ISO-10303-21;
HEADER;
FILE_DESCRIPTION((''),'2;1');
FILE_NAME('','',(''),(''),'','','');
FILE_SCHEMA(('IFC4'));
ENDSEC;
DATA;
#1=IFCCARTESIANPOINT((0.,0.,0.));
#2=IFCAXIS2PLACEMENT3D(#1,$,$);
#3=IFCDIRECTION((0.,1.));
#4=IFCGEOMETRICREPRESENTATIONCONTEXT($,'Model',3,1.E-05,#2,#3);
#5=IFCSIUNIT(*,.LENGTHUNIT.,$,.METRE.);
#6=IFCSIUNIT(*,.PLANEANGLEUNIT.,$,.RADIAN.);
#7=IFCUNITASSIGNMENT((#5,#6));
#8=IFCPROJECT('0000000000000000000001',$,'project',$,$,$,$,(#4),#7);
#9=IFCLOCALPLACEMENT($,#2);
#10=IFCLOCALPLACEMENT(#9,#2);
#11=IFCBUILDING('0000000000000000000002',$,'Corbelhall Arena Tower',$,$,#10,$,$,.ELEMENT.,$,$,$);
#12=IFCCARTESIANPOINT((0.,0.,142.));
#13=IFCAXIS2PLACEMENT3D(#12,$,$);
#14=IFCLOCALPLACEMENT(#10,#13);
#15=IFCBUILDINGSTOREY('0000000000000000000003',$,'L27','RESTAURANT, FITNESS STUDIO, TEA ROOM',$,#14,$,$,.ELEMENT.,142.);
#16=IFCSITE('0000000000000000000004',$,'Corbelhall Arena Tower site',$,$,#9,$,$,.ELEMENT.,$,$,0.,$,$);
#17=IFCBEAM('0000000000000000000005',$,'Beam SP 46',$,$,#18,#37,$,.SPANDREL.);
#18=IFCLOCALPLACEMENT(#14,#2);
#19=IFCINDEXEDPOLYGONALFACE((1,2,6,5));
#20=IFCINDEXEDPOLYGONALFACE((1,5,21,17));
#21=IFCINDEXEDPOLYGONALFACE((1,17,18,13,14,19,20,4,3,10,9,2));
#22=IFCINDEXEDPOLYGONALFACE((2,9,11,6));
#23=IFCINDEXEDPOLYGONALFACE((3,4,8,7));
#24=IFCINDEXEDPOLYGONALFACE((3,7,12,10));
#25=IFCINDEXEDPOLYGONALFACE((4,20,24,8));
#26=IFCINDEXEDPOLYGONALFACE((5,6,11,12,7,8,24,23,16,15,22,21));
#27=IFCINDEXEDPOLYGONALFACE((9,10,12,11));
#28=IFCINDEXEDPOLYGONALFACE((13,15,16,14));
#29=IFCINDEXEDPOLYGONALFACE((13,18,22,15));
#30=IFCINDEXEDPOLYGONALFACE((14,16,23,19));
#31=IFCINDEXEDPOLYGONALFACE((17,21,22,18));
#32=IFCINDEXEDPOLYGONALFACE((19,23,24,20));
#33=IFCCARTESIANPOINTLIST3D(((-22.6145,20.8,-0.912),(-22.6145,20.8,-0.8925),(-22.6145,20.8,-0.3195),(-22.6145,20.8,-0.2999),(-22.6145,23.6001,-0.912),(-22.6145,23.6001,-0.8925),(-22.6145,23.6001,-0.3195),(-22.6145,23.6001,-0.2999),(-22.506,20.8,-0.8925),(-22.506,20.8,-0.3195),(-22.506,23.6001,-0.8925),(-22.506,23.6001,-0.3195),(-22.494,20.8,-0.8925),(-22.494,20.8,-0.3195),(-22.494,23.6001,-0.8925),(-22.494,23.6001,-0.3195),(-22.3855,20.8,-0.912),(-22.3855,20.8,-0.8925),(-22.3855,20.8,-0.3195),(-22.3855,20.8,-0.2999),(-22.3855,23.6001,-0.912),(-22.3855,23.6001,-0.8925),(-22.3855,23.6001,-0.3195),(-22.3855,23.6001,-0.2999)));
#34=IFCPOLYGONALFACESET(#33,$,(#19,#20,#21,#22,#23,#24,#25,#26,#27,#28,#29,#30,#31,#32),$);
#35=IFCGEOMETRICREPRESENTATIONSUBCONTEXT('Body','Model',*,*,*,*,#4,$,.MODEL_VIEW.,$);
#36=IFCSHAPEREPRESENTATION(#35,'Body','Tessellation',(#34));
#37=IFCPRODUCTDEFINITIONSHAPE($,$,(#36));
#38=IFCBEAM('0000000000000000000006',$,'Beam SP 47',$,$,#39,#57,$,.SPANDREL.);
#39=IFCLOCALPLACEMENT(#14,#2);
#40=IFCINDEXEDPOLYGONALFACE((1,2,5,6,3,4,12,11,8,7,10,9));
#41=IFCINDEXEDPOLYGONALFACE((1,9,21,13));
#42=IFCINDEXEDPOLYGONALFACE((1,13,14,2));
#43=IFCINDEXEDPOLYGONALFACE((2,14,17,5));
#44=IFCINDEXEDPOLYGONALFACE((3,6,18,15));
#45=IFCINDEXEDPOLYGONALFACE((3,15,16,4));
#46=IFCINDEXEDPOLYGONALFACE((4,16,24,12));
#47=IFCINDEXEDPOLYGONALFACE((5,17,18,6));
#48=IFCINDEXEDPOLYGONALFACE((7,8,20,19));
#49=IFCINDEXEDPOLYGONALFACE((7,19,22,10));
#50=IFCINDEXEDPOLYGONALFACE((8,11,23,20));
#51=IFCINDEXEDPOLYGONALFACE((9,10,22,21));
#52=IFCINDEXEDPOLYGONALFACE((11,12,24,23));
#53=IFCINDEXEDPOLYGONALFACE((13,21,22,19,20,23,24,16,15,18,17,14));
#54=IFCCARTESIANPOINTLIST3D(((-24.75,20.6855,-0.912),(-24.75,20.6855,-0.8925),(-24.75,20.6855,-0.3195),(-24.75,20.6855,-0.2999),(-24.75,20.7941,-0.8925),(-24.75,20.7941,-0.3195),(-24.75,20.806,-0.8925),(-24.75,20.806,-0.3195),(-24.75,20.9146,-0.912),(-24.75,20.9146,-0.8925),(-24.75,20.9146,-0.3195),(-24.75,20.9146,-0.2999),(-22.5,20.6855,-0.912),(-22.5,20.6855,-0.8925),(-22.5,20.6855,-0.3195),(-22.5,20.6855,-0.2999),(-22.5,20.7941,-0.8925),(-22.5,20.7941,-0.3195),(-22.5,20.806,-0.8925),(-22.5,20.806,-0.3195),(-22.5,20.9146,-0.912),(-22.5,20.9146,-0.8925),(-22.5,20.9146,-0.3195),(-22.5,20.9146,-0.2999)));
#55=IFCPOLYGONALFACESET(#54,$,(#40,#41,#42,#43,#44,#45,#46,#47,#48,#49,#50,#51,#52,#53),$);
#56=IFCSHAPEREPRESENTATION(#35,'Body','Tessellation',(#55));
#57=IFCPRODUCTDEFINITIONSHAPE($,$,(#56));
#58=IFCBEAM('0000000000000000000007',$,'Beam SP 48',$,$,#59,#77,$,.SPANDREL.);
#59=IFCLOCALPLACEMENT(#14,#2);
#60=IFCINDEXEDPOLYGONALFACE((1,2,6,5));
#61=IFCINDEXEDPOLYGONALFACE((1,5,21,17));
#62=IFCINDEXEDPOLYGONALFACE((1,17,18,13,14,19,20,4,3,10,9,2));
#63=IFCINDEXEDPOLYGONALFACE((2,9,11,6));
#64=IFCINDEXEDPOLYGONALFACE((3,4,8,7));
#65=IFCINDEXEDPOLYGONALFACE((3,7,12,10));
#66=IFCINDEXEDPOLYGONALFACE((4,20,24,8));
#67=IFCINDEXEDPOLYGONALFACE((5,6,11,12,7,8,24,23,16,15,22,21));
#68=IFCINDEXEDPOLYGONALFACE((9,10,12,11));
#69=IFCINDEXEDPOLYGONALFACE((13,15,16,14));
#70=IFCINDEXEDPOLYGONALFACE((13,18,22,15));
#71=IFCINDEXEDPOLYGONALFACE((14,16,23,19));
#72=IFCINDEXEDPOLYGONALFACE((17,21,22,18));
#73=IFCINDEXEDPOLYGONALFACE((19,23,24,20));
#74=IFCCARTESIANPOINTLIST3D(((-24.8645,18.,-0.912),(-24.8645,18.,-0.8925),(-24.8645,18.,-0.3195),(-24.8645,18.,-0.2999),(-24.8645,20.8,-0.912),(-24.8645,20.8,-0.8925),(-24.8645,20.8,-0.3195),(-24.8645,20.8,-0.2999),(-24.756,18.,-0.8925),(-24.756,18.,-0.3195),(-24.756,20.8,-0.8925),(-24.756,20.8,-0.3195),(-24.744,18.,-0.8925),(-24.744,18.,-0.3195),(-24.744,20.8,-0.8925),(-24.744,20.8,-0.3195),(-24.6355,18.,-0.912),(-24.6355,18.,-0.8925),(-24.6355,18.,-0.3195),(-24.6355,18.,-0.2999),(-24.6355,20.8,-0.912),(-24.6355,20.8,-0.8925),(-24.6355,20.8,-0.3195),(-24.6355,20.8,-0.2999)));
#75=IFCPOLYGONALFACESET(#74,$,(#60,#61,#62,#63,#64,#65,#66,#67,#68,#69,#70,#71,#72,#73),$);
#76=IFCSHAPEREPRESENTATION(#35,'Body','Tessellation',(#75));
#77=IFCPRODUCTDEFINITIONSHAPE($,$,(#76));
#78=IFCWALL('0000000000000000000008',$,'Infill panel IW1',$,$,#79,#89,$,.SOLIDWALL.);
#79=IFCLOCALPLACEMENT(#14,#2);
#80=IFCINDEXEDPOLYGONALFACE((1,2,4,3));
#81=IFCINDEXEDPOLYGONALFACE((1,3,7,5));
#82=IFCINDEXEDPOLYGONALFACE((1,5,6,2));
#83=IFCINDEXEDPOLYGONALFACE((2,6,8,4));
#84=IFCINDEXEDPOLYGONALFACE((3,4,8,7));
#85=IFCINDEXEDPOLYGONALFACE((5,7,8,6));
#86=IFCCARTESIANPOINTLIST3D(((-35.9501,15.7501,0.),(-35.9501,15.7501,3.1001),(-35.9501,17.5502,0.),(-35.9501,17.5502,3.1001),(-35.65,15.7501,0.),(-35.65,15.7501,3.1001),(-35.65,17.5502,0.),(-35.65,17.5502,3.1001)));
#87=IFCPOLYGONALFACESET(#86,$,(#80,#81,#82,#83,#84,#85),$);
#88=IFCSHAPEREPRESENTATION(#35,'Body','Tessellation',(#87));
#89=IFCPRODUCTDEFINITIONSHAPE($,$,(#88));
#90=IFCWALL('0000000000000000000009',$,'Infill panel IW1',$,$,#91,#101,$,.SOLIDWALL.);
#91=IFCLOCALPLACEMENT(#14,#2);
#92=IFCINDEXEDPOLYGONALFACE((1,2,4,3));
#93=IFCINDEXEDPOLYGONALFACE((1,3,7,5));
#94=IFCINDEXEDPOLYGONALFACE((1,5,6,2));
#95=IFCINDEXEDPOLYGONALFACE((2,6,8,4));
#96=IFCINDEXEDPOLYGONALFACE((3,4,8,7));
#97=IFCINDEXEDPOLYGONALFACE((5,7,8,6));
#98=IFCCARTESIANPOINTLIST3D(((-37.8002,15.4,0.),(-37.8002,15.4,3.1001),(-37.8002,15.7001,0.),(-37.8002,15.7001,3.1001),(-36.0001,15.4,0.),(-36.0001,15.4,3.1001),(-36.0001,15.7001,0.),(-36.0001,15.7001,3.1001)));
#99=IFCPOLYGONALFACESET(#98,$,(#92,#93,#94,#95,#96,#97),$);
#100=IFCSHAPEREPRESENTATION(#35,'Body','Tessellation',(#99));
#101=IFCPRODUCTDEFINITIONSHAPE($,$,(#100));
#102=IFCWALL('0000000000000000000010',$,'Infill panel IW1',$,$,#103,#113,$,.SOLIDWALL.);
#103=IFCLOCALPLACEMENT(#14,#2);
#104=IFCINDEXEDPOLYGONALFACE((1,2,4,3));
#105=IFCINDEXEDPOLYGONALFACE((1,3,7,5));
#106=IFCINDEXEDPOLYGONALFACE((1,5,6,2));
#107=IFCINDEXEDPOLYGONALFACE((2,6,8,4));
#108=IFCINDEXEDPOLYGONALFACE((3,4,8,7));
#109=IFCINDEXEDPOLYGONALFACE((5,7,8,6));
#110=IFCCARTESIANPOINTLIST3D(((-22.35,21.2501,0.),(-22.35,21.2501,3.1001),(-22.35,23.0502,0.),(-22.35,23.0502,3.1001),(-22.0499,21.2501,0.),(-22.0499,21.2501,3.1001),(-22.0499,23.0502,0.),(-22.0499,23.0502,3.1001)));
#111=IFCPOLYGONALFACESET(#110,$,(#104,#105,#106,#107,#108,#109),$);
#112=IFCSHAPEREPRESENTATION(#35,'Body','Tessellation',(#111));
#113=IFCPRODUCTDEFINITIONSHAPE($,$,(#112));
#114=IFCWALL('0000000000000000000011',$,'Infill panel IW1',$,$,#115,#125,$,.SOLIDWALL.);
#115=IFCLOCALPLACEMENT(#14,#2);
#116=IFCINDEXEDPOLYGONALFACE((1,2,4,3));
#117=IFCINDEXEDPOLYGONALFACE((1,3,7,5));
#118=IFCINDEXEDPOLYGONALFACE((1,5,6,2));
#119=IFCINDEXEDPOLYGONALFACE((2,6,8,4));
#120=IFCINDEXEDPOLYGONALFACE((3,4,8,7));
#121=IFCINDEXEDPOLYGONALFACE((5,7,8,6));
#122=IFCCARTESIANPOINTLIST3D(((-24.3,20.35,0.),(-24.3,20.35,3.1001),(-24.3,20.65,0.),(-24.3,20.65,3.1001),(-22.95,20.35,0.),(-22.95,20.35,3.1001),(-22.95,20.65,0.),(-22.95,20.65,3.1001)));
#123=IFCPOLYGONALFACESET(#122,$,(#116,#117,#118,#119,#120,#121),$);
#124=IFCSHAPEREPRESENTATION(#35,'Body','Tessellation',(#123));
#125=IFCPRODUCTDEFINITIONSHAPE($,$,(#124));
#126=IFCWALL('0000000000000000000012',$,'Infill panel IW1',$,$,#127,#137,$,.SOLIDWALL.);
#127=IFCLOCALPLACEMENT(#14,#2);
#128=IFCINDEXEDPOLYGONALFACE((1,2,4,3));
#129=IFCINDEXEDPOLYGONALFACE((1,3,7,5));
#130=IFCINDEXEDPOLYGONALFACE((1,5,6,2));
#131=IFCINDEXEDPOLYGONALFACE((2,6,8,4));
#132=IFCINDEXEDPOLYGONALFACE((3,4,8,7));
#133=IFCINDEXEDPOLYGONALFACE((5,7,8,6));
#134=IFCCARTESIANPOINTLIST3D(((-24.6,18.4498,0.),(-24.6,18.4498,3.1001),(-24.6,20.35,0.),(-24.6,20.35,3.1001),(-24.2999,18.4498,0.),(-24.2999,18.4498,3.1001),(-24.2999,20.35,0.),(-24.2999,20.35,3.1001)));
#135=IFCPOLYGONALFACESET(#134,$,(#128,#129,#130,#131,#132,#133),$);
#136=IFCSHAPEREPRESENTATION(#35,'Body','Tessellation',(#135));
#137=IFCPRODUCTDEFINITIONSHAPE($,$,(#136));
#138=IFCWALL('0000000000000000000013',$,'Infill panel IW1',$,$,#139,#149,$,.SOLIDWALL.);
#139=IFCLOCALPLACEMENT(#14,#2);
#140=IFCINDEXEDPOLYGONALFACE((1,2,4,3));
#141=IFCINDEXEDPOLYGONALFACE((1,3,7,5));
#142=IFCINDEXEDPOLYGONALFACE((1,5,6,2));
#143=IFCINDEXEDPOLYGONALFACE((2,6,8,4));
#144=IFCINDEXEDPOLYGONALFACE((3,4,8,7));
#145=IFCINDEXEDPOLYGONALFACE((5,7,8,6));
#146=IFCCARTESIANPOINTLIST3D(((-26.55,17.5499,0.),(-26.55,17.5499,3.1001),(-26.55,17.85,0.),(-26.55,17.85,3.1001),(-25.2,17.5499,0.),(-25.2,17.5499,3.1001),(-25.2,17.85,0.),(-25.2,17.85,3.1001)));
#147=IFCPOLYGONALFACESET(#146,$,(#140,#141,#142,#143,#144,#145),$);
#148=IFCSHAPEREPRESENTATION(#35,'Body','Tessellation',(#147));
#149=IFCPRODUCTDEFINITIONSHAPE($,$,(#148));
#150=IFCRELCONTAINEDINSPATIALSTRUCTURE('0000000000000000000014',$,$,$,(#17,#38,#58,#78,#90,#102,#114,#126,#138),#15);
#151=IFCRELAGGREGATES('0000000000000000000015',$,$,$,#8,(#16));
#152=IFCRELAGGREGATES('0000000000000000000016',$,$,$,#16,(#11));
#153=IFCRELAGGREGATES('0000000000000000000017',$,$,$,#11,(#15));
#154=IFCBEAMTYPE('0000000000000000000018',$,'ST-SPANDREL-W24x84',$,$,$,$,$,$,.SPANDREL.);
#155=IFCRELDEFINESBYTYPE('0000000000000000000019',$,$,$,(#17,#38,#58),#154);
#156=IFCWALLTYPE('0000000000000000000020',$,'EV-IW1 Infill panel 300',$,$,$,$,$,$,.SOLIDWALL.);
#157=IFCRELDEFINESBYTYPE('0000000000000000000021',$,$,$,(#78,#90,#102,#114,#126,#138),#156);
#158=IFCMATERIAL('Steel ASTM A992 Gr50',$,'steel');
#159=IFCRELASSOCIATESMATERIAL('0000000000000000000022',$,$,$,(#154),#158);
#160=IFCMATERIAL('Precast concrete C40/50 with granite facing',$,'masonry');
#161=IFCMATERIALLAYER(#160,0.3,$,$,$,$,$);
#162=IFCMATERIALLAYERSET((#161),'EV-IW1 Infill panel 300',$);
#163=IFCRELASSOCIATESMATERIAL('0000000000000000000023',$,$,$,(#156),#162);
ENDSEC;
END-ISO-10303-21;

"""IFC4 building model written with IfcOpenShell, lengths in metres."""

from ifc_helpers import new_model, si_unit, direction, frame, frame_2d, origin, origin_2d, place, context, subcontext, project, spatial, rectangle, i_section, extrude, material, layer, layer_set, material_profile, profile_set, type_object, element, save


model = new_model("IFC4")

# Units and contexts
model_context = context("Model", 3, precision=1e-05, world=origin(), true_north=direction((0.0, 1.0)))
body_context = subcontext(model_context, "Body", "Model", "MODEL_VIEW")
ifc_project = project(units=[si_unit("LENGTHUNIT", "METRE"), si_unit("PLANEANGLEUNIT", "RADIAN")], contexts=[model_context])

# Site, building, storey
site_placement = place(None, origin())
site = spatial("IfcSite", under=ifc_project, at=site_placement, Name="Corbelhall Arena Tower site", CompositionType="ELEMENT", RefElevation=0.0)
building_placement = place(site_placement, origin())
building = spatial("IfcBuilding", under=site, at=building_placement, Name="Corbelhall Arena Tower", CompositionType="ELEMENT")
storey_placement = place(building_placement, frame((0.0, 0.0, 142.0)))
storey = spatial("IfcBuildingStorey", under=building, at=storey_placement, Name="L27", Description="RESTAURANT, FITNESS STUDIO, TEA ROOM", CompositionType="ELEMENT", Elevation=142.0)

# Beams
ifc_material_1 = material(Name="Steel ASTM A992 Gr50", Category="steel")
ifc_material_profile_1 = material_profile(ifc_material_1, i_section(OverallWidth=0.229, OverallDepth=0.6121, WebThickness=0.012, FlangeThickness=0.0195, at=origin_2d()))
ifc_profile_set_1 = profile_set([ifc_material_profile_1], Name="Steel ASTM A992 Gr50")
beam_type = type_object("IfcBeamType", Name="ST-SPANDREL-W24x84", PredefinedType="SPANDREL", material=ifc_profile_set_1)
beam_1_placement = place(storey_placement, frame((-22.5, 20.8, -0.606), z_axis=(0.0, 1.0, 0.0), x_axis=(-1.0, 0.0, 0.0)))
element("IfcBeam", 1, at=beam_1_placement, inside=storey, type_object=beam_type, Name="Beam SP 46", PredefinedType="SPANDREL", context=body_context, shape_type="SweptSolid", body=[
    extrude(i_section(OverallWidth=0.229, OverallDepth=0.6121, WebThickness=0.012, FlangeThickness=0.0195, at=origin_2d()), origin(), (0.0, 0.0, 1.0), 2.8),
])
beam_2_placement = place(storey_placement, frame((-24.75, 20.8, -0.606), z_axis=(1.0, 0.0, 0.0), x_axis=(0.0, 1.0, 0.0)))
element("IfcBeam", 2, at=beam_2_placement, inside=storey, type_object=beam_type, Name="Beam SP 47", PredefinedType="SPANDREL", context=body_context, shape_type="SweptSolid", body=[
    extrude(i_section(OverallWidth=0.229, OverallDepth=0.6121, WebThickness=0.012, FlangeThickness=0.0195, at=origin_2d()), origin(), (0.0, 0.0, 1.0), 2.25),
])
beam_3_placement = place(storey_placement, frame((-24.75, 18.0, -0.606), z_axis=(0.0, 1.0, 0.0), x_axis=(-1.0, 0.0, 0.0)))
element("IfcBeam", 3, at=beam_3_placement, inside=storey, type_object=beam_type, Name="Beam SP 48", PredefinedType="SPANDREL", context=body_context, shape_type="SweptSolid", body=[
    extrude(i_section(OverallWidth=0.229, OverallDepth=0.6121, WebThickness=0.012, FlangeThickness=0.0195, at=origin_2d()), origin(), (0.0, 0.0, 1.0), 2.8),
])

# Walls
ifc_material_2 = material(Name="Precast concrete C40/50 with granite facing", Category="masonry")
ifc_layer_1 = layer(ifc_material_2, 0.3)
ifc_layer_set_1 = layer_set([ifc_layer_1], Name="EV-IW1 Infill panel 300")
wall_type_1 = type_object("IfcWallType", Name="EV-IW1 Infill panel 300", PredefinedType="SOLIDWALL", material=ifc_layer_set_1)
for number, where, z_axis, x_axis, name in (
    (4, (-35.8, 17.55, 0.0), (0.0, 0.0, 1.0), (0.0, -1.0, 0.0), "Infill panel IW1"),
    (5, (-37.8, 15.55, 0.0), (0.0, 0.0, 1.0), (1.0, 0.0, 0.0), "Infill panel IW1"),
    (6, (-22.2, 23.05, 0.0), (0.0, 0.0, 1.0), (0.0, -1.0, 0.0), "Infill panel IW1"),
):
    element("IfcWall", number, at=place(storey_placement, frame(where, z_axis=z_axis, x_axis=x_axis)), inside=storey, type_object=wall_type_1, Name=name, PredefinedType="SOLIDWALL", context=body_context, shape_type="SweptSolid", body=[
        extrude(rectangle(XDim=1.8, YDim=0.3, at=frame_2d((0.8999, 0.0))), origin(), (0.0, 0.0, 1.0), 3.1001),
    ])
wall_1_placement = place(storey_placement, frame((-22.95, 20.5, 0.0), z_axis=(0.0, 0.0, 1.0), x_axis=(-1.0, 0.0, 0.0)))
element("IfcWall", 7, at=wall_1_placement, inside=storey, type_object=wall_type_1, Name="Infill panel IW1", PredefinedType="SOLIDWALL", context=body_context, shape_type="SweptSolid", body=[
    extrude(rectangle(XDim=1.3501, YDim=0.3, at=frame_2d((0.675, 0.0))), origin(), (0.0, 0.0, 1.0), 3.1001),
])
wall_2_placement = place(storey_placement, frame((-24.45, 20.3501, 0.0), z_axis=(0.0, 0.0, 1.0), x_axis=(0.0, -1.0, 0.0)))
element("IfcWall", 8, at=wall_2_placement, inside=storey, type_object=wall_type_1, Name="Infill panel IW1", PredefinedType="SOLIDWALL", context=body_context, shape_type="SweptSolid", body=[
    extrude(rectangle(XDim=1.9001, YDim=0.3, at=frame_2d((0.9502, 0.0))), origin(), (0.0, 0.0, 1.0), 3.1001),
])
wall_3_placement = place(storey_placement, frame((-25.2, 17.7, 0.0), z_axis=(0.0, 0.0, 1.0), x_axis=(-1.0, 0.0, 0.0)))
element("IfcWall", 9, at=wall_3_placement, inside=storey, type_object=wall_type_1, Name="Infill panel IW1", PredefinedType="SOLIDWALL", context=body_context, shape_type="SweptSolid", body=[
    extrude(rectangle(XDim=1.3501, YDim=0.3, at=frame_2d((0.675, 0.0))), origin(), (0.0, 0.0, 1.0), 3.1001),
])

save(model, "model.ifc")
